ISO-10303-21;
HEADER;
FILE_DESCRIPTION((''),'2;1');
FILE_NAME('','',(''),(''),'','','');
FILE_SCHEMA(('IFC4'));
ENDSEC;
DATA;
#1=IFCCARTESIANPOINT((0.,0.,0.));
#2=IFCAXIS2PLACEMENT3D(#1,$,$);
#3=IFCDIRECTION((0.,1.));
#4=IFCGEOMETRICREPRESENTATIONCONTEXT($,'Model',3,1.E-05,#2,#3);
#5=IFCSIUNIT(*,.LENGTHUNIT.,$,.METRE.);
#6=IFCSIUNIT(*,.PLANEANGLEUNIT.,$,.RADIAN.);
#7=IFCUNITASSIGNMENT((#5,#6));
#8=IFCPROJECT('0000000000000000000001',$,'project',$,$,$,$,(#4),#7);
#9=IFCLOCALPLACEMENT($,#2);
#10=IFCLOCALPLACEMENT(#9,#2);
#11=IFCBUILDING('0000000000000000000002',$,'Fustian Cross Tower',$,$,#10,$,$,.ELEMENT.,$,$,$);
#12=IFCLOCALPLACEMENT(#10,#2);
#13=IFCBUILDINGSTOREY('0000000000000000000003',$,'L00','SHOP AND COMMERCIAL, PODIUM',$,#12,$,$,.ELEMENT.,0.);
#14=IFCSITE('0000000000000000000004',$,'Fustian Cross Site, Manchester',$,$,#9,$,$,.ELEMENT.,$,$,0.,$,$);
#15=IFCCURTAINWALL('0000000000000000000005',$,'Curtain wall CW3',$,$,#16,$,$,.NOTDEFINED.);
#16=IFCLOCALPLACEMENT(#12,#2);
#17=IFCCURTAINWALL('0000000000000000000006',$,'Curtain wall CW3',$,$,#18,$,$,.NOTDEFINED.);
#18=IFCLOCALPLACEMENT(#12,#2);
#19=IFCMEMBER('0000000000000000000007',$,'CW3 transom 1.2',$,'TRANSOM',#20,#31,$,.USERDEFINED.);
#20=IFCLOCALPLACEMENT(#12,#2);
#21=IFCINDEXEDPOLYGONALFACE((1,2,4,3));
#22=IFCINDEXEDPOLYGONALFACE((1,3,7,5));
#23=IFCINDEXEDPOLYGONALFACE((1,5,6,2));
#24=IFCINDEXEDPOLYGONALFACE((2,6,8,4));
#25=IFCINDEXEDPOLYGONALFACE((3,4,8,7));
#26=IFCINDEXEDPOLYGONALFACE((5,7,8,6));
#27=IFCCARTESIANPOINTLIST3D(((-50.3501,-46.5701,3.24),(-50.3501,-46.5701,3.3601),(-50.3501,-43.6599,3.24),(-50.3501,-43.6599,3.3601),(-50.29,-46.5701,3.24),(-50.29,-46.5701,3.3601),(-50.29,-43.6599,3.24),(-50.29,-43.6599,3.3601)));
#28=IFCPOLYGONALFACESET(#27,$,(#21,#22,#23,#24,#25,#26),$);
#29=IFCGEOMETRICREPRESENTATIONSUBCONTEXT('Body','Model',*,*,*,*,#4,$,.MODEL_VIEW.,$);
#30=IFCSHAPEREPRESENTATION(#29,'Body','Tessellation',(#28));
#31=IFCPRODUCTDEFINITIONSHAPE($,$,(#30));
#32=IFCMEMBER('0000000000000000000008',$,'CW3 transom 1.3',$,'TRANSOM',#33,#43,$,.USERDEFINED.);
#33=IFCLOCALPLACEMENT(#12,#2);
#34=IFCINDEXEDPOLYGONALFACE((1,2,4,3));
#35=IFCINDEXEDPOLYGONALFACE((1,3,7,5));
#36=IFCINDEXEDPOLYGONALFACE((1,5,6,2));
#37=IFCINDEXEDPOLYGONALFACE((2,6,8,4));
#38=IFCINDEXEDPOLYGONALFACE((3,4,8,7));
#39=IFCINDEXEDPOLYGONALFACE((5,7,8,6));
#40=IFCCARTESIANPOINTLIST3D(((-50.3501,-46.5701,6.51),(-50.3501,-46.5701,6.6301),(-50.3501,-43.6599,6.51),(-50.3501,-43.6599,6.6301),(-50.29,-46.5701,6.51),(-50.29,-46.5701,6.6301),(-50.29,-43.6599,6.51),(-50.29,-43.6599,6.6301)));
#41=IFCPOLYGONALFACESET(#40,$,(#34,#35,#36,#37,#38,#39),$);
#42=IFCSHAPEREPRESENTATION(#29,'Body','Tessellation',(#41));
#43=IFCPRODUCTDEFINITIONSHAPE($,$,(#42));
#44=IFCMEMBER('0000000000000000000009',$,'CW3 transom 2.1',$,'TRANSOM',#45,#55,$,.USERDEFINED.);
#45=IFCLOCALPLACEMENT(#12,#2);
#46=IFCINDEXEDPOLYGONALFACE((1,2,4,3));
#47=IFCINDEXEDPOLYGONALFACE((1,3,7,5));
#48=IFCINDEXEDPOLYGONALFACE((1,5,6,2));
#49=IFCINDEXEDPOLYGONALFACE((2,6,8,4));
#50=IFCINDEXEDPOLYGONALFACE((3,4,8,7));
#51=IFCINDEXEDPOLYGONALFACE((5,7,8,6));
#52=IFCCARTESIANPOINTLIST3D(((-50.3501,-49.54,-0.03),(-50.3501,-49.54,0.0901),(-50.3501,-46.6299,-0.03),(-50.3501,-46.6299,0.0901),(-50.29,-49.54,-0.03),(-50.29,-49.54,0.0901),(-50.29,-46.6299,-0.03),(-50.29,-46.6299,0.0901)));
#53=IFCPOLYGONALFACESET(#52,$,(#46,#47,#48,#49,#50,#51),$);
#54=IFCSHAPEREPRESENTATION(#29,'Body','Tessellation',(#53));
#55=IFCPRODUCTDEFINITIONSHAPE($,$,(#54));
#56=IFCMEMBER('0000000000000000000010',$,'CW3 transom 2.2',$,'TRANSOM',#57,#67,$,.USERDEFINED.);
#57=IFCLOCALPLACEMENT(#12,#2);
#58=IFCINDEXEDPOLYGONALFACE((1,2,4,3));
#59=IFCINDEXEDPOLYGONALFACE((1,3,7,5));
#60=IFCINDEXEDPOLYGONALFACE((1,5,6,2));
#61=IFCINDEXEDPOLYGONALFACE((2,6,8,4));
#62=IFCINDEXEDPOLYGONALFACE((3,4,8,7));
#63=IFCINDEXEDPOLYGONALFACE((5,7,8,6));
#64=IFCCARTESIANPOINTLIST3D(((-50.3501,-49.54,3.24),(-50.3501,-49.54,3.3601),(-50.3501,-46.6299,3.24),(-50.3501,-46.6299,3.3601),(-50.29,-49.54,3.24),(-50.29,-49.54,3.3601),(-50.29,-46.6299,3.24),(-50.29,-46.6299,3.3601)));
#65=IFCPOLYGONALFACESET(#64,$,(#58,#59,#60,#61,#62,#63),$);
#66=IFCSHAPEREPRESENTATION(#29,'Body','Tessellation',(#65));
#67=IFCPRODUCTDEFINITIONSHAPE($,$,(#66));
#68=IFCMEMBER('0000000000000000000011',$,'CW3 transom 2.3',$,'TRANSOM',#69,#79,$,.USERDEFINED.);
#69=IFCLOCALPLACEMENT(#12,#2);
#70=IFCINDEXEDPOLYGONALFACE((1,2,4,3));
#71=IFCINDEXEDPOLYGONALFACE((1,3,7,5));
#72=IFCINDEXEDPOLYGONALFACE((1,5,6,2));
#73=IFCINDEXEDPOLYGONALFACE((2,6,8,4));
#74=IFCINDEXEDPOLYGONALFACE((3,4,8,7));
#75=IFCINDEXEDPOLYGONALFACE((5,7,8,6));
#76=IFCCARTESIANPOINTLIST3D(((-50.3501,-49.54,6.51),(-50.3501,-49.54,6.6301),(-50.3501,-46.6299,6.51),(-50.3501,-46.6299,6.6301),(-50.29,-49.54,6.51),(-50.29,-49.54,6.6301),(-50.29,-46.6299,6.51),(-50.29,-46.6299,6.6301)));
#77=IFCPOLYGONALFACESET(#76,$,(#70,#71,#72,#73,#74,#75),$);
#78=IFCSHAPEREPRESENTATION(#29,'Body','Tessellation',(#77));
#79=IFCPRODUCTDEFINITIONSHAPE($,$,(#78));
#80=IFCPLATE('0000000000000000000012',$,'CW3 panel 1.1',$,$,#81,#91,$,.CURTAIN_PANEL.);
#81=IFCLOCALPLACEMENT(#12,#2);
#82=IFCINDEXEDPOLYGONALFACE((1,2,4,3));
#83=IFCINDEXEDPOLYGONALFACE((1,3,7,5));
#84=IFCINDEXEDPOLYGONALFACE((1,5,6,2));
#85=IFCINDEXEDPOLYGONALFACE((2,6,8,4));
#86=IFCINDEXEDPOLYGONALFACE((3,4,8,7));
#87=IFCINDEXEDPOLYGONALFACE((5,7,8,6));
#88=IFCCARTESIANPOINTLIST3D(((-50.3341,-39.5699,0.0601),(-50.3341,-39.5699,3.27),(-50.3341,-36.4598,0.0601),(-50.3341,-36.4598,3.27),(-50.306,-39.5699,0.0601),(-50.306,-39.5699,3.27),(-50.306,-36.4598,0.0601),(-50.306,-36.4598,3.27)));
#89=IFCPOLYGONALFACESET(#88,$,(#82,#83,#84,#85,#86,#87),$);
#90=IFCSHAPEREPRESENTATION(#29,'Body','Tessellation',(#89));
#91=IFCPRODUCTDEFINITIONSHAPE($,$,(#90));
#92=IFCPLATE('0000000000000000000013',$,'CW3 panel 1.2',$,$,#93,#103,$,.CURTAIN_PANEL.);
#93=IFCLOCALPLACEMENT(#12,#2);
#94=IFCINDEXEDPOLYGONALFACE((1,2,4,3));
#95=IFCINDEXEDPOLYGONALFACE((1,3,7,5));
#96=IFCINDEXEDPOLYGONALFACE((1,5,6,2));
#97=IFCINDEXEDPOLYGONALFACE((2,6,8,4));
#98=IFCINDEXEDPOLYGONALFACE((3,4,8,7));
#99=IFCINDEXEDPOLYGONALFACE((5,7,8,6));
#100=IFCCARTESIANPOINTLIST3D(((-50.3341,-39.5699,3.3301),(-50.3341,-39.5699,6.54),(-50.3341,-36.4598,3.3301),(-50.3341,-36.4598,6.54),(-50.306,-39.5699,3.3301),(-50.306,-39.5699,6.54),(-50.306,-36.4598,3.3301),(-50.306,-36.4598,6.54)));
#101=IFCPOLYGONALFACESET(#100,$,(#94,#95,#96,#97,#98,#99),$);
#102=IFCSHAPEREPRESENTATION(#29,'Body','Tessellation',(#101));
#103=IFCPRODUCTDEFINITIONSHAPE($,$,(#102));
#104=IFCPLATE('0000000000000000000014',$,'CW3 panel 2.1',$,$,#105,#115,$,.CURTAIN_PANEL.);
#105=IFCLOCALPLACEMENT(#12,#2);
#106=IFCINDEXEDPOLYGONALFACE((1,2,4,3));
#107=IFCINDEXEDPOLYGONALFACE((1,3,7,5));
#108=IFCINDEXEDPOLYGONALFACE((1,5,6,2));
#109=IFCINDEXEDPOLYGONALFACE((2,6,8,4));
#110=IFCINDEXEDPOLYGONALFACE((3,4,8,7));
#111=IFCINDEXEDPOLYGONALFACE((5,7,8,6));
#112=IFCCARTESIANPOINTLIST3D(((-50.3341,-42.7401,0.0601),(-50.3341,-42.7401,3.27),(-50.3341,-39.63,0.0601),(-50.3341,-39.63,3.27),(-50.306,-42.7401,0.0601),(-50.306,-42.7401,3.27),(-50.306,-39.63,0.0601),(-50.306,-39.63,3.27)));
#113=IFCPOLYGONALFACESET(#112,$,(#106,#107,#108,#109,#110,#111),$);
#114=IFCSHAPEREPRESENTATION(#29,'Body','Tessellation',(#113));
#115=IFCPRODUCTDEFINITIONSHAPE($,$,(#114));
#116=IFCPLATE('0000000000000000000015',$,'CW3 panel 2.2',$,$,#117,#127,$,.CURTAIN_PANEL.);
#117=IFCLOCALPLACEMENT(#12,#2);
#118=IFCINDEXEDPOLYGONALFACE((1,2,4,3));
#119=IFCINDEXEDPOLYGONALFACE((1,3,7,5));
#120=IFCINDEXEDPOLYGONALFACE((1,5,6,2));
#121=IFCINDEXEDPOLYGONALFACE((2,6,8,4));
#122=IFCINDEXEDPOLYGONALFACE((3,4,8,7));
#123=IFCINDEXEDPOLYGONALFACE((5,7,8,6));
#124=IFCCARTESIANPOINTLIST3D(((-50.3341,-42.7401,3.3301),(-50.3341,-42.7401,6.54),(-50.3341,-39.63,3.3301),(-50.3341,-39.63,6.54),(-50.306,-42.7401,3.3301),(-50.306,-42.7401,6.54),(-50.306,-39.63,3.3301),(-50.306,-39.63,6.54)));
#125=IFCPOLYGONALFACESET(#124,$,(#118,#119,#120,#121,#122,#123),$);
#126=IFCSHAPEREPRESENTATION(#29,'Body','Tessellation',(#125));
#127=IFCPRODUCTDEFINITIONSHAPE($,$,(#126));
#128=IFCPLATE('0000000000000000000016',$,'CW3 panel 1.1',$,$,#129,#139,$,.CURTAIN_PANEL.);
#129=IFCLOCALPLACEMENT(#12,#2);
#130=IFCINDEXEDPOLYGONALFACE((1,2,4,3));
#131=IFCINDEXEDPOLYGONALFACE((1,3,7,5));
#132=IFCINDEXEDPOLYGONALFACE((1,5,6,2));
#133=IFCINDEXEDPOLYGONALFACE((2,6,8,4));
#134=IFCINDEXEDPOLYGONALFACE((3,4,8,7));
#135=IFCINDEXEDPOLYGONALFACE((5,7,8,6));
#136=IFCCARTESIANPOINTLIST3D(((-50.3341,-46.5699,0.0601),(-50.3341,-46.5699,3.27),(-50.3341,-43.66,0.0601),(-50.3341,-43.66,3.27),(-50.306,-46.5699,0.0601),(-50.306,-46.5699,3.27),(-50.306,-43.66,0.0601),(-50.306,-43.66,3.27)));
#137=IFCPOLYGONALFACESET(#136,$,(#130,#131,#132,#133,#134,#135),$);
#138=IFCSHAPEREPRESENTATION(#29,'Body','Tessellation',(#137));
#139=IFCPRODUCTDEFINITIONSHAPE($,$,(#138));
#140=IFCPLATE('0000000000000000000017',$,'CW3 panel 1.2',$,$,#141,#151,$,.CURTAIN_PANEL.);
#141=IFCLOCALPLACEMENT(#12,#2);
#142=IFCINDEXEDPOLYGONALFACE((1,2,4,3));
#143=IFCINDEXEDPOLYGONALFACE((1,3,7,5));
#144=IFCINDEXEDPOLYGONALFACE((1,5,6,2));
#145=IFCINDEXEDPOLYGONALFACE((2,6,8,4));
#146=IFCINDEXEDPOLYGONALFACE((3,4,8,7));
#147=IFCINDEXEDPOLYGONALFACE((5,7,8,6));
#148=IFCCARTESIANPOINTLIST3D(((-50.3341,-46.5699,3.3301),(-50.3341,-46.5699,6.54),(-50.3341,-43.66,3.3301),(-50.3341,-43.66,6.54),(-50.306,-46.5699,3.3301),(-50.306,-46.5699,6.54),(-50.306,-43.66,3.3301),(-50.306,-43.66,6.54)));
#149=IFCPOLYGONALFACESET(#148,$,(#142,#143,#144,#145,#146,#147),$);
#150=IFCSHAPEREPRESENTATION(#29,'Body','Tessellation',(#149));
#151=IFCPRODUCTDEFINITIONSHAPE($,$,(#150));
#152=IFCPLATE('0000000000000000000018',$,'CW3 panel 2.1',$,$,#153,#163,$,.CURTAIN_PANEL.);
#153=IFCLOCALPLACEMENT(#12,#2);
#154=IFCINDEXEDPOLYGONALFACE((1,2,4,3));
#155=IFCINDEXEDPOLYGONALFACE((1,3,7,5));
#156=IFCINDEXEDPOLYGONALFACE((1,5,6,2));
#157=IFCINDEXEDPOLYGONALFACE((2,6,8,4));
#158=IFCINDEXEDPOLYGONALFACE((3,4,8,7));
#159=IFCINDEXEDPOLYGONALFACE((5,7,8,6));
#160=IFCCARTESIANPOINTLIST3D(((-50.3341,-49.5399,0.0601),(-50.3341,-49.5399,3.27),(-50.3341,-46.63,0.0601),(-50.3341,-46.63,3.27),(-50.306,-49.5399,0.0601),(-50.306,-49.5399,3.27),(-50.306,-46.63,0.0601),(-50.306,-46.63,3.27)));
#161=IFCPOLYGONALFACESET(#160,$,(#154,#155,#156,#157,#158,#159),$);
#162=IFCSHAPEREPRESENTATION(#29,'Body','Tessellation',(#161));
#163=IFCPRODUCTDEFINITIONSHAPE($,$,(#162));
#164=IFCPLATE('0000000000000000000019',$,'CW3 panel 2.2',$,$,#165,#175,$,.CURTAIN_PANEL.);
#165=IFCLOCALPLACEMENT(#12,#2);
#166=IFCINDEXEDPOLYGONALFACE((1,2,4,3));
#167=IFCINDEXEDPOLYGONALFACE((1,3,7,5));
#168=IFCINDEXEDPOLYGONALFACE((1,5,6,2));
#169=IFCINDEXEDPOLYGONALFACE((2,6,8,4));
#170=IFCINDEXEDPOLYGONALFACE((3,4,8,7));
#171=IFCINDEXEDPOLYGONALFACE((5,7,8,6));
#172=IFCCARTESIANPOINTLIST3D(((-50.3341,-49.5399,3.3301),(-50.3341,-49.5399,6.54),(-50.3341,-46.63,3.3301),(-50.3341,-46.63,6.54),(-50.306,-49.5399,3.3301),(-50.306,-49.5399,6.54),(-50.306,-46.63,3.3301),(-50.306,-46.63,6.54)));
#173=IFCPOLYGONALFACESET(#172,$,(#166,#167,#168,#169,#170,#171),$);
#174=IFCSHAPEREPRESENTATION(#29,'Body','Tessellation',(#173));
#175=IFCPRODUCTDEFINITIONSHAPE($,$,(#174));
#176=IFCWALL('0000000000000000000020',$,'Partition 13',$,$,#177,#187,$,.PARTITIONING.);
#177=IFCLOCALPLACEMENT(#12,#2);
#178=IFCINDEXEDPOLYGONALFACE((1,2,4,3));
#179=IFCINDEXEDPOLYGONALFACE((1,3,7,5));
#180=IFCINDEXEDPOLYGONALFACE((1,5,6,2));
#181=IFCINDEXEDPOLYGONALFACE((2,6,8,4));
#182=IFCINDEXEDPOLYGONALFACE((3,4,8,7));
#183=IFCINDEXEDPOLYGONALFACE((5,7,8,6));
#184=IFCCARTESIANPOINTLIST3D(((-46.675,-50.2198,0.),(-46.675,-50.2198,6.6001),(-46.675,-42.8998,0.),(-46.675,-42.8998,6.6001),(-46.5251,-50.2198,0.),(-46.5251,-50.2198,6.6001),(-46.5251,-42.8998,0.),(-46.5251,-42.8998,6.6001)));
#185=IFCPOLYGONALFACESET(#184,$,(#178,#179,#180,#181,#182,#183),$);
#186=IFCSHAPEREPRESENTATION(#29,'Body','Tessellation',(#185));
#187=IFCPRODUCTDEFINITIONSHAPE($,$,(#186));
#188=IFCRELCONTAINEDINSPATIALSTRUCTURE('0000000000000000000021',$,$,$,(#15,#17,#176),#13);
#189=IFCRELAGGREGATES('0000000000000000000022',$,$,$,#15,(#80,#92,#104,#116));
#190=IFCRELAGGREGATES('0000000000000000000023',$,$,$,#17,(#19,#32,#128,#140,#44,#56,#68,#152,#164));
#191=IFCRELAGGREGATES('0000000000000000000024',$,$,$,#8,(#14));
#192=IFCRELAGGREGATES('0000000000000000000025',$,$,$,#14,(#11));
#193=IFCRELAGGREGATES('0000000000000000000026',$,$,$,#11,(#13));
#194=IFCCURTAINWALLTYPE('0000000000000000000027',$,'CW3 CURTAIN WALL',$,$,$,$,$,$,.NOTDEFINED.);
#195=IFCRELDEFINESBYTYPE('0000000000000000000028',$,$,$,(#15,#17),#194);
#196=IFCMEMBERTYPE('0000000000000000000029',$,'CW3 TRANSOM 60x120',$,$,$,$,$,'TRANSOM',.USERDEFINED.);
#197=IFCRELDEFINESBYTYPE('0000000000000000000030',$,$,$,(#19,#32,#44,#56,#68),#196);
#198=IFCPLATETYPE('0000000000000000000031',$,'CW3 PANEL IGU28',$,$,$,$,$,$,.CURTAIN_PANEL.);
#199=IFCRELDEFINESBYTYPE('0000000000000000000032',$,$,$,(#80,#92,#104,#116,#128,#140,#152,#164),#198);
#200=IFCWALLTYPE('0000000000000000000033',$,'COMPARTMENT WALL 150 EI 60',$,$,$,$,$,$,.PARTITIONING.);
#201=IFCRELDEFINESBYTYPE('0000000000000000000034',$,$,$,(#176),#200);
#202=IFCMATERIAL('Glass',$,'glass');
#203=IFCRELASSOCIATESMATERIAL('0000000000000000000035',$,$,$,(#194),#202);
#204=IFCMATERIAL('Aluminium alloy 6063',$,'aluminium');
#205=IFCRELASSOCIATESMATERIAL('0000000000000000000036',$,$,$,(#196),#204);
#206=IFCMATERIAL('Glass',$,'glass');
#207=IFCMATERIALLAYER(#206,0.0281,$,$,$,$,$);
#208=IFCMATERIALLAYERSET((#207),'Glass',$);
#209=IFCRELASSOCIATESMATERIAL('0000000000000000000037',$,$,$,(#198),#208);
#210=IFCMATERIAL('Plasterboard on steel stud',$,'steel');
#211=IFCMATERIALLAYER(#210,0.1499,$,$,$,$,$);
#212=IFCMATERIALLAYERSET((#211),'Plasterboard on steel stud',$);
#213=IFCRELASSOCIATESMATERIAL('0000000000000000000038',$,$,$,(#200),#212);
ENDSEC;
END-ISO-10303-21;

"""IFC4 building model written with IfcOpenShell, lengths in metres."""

from ifc_helpers import new_model, si_unit, direction, frame, frame_2d, origin, origin_2d, place, context, subcontext, project, spatial, rectangle, extrude, material, layer, layer_set, material_profile, profile_set, type_object, element, aggregate, save


model = new_model("IFC4")

# Units and contexts
model_context = context("Model", 3, precision=1e-05, world=origin(), true_north=direction((0.0, 1.0)))
body_context = subcontext(model_context, "Body", "Model", "MODEL_VIEW")
ifc_project = project(units=[si_unit("LENGTHUNIT", "METRE"), si_unit("PLANEANGLEUNIT", "RADIAN")], contexts=[model_context])

# Site, building, storey
site_placement = place(None, origin())
site = spatial("IfcSite", under=ifc_project, at=site_placement, Name="Fustian Cross Site, Manchester", CompositionType="ELEMENT", RefElevation=0.0)
building_placement = place(site_placement, origin())
building = spatial("IfcBuilding", under=site, at=building_placement, Name="Fustian Cross Tower", CompositionType="ELEMENT")
storey_placement = place(building_placement, origin())
storey = spatial("IfcBuildingStorey", under=building, at=storey_placement, Name="L00", Description="SHOP AND COMMERCIAL, PODIUM", CompositionType="ELEMENT", Elevation=0.0)

# Shared definitions
ifc_material_1 = material(Name="Glass", Category="glass")
curtain_wall_type = type_object("IfcCurtainWallType", Name="CW3 CURTAIN WALL", PredefinedType="NOTDEFINED", material=ifc_material_1)

# Curtain walls
curtain_wall_1_placement = place(storey_placement, origin())
curtain_wall_1 = element("IfcCurtainWall", 1, at=curtain_wall_1_placement, inside=storey, type_object=curtain_wall_type, Name="Curtain wall CW3", PredefinedType="NOTDEFINED")
curtain_wall_2_placement = place(storey_placement, origin())
curtain_wall_2 = element("IfcCurtainWall", 2, at=curtain_wall_2_placement, inside=storey, type_object=curtain_wall_type, Name="Curtain wall CW3", PredefinedType="NOTDEFINED")

# Members
ifc_material_2 = material(Name="Aluminium alloy 6063", Category="aluminium")
ifc_material_profile_1 = material_profile(ifc_material_2, rectangle(XDim=0.0601, YDim=0.1201, at=origin_2d()), Name="CW3 TRANSOM 60x120")
ifc_profile_set_1 = profile_set([ifc_material_profile_1], Name="Aluminium alloy 6063")
member_type_1 = type_object("IfcMemberType", Name="CW3 TRANSOM 60x120", ElementType="TRANSOM", PredefinedType="USERDEFINED", material=ifc_profile_set_1)
member_1_placement = place(storey_placement, frame((-50.3201, -43.6599, 3.3), z_axis=(0.0, -1.0, 0.0), x_axis=(1.0, 0.0, 0.0)))
member_1 = element("IfcMember", 3, at=member_1_placement, type_object=member_type_1, Name="CW3 transom 1.2", ObjectType="TRANSOM", PredefinedType="USERDEFINED", context=body_context, shape_type="SweptSolid", body=[
    extrude(rectangle(XDim=0.0601, YDim=0.1201, at=origin_2d()), origin(), (0.0, 0.0, 1.0), 2.9102),
])
member_2_placement = place(storey_placement, frame((-50.3201, -43.6599, 6.5701), z_axis=(0.0, -1.0, 0.0), x_axis=(1.0, 0.0, 0.0)))
member_2 = element("IfcMember", 4, at=member_2_placement, type_object=member_type_1, Name="CW3 transom 1.3", ObjectType="TRANSOM", PredefinedType="USERDEFINED", context=body_context, shape_type="SweptSolid", body=[
    extrude(rectangle(XDim=0.0601, YDim=0.1201, at=origin_2d()), origin(), (0.0, 0.0, 1.0), 2.9102),
])
member_3_placement = place(storey_placement, frame((-50.3201, -46.6299, 0.03), z_axis=(0.0, -1.0, 0.0), x_axis=(1.0, 0.0, 0.0)))
member_3 = element("IfcMember", 5, at=member_3_placement, type_object=member_type_1, Name="CW3 transom 2.1", ObjectType="TRANSOM", PredefinedType="USERDEFINED", context=body_context, shape_type="SweptSolid", body=[
    extrude(rectangle(XDim=0.0601, YDim=0.1201, at=origin_2d()), origin(), (0.0, 0.0, 1.0), 2.9102),
])
member_4_placement = place(storey_placement, frame((-50.3201, -46.6299, 3.3), z_axis=(0.0, -1.0, 0.0), x_axis=(1.0, 0.0, 0.0)))
member_4 = element("IfcMember", 6, at=member_4_placement, type_object=member_type_1, Name="CW3 transom 2.2", ObjectType="TRANSOM", PredefinedType="USERDEFINED", context=body_context, shape_type="SweptSolid", body=[
    extrude(rectangle(XDim=0.0601, YDim=0.1201, at=origin_2d()), origin(), (0.0, 0.0, 1.0), 2.9102),
])
member_5_placement = place(storey_placement, frame((-50.3201, -46.6299, 6.5701), z_axis=(0.0, -1.0, 0.0), x_axis=(1.0, 0.0, 0.0)))
member_5 = element("IfcMember", 7, at=member_5_placement, type_object=member_type_1, Name="CW3 transom 2.3", ObjectType="TRANSOM", PredefinedType="USERDEFINED", context=body_context, shape_type="SweptSolid", body=[
    extrude(rectangle(XDim=0.0601, YDim=0.1201, at=origin_2d()), origin(), (0.0, 0.0, 1.0), 2.9102),
])

# Plates
ifc_material_3 = material(Name="Glass", Category="glass")
ifc_layer_1 = layer(ifc_material_3, 0.0281)
ifc_layer_set_1 = layer_set([ifc_layer_1], Name="Glass")
plate_type = type_object("IfcPlateType", Name="CW3 PANEL IGU28", PredefinedType="CURTAIN_PANEL", material=ifc_layer_set_1)
plate_1_placement = place(storey_placement, frame((-50.3201, -38.0149, 0.0601), z_axis=(0.0, 0.0, 1.0), x_axis=(0.0, -1.0, 0.0)))
plate_1 = element("IfcPlate", 8, at=plate_1_placement, type_object=plate_type, Name="CW3 panel 1.1", PredefinedType="CURTAIN_PANEL", context=body_context, shape_type="SweptSolid", body=[
    extrude(rectangle(XDim=3.1101, YDim=0.0281, at=origin_2d()), origin(), (0.0, 0.0, 1.0), 3.21),
])
plate_2_placement = place(storey_placement, frame((-50.3201, -38.0149, 3.3301), z_axis=(0.0, 0.0, 1.0), x_axis=(0.0, -1.0, 0.0)))
plate_2 = element("IfcPlate", 9, at=plate_2_placement, type_object=plate_type, Name="CW3 panel 1.2", PredefinedType="CURTAIN_PANEL", context=body_context, shape_type="SweptSolid", body=[
    extrude(rectangle(XDim=3.1101, YDim=0.0281, at=origin_2d()), origin(), (0.0, 0.0, 1.0), 3.21),
])
plate_3_placement = place(storey_placement, frame((-50.3201, -41.1851, 0.0601), z_axis=(0.0, 0.0, 1.0), x_axis=(0.0, -1.0, 0.0)))
plate_3 = element("IfcPlate", 10, at=plate_3_placement, type_object=plate_type, Name="CW3 panel 2.1", PredefinedType="CURTAIN_PANEL", context=body_context, shape_type="SweptSolid", body=[
    extrude(rectangle(XDim=3.1101, YDim=0.0281, at=origin_2d()), origin(), (0.0, 0.0, 1.0), 3.21),
])
plate_4_placement = place(storey_placement, frame((-50.3201, -41.1851, 3.3301), z_axis=(0.0, 0.0, 1.0), x_axis=(0.0, -1.0, 0.0)))
plate_4 = element("IfcPlate", 11, at=plate_4_placement, type_object=plate_type, Name="CW3 panel 2.2", PredefinedType="CURTAIN_PANEL", context=body_context, shape_type="SweptSolid", body=[
    extrude(rectangle(XDim=3.1101, YDim=0.0281, at=origin_2d()), origin(), (0.0, 0.0, 1.0), 3.21),
])
aggregate(curtain_wall_1, [plate_1, plate_2, plate_3, plate_4])
plate_5_placement = place(storey_placement, frame((-50.3201, -45.115, 0.0601), z_axis=(0.0, 0.0, 1.0), x_axis=(0.0, -1.0, 0.0)))
plate_5 = element("IfcPlate", 12, at=plate_5_placement, type_object=plate_type, Name="CW3 panel 1.1", PredefinedType="CURTAIN_PANEL", context=body_context, shape_type="SweptSolid", body=[
    extrude(rectangle(XDim=2.9099, YDim=0.0281, at=origin_2d()), origin(), (0.0, 0.0, 1.0), 3.21),
])
plate_6_placement = place(storey_placement, frame((-50.3201, -45.115, 3.3301), z_axis=(0.0, 0.0, 1.0), x_axis=(0.0, -1.0, 0.0)))
plate_6 = element("IfcPlate", 13, at=plate_6_placement, type_object=plate_type, Name="CW3 panel 1.2", PredefinedType="CURTAIN_PANEL", context=body_context, shape_type="SweptSolid", body=[
    extrude(rectangle(XDim=2.9099, YDim=0.0281, at=origin_2d()), origin(), (0.0, 0.0, 1.0), 3.21),
])
plate_7_placement = place(storey_placement, frame((-50.3201, -48.085, 0.0601), z_axis=(0.0, 0.0, 1.0), x_axis=(0.0, -1.0, 0.0)))
plate_7 = element("IfcPlate", 14, at=plate_7_placement, type_object=plate_type, Name="CW3 panel 2.1", PredefinedType="CURTAIN_PANEL", context=body_context, shape_type="SweptSolid", body=[
    extrude(rectangle(XDim=2.9099, YDim=0.0281, at=origin_2d()), origin(), (0.0, 0.0, 1.0), 3.21),
])
plate_8_placement = place(storey_placement, frame((-50.3201, -48.085, 3.3301), z_axis=(0.0, 0.0, 1.0), x_axis=(0.0, -1.0, 0.0)))
plate_8 = element("IfcPlate", 15, at=plate_8_placement, type_object=plate_type, Name="CW3 panel 2.2", PredefinedType="CURTAIN_PANEL", context=body_context, shape_type="SweptSolid", body=[
    extrude(rectangle(XDim=2.9099, YDim=0.0281, at=origin_2d()), origin(), (0.0, 0.0, 1.0), 3.21),
])
aggregate(curtain_wall_2, [member_1, member_2, plate_5, plate_6, member_3, member_4, member_5, plate_7, plate_8])

# Wall
ifc_material_4 = material(Name="Plasterboard on steel stud", Category="steel")
ifc_layer_2 = layer(ifc_material_4, 0.1499)
ifc_layer_set_2 = layer_set([ifc_layer_2], Name="Plasterboard on steel stud")
wall_type_1 = type_object("IfcWallType", Name="COMPARTMENT WALL 150 EI 60", PredefinedType="PARTITIONING", material=ifc_layer_set_2)
wall_1_placement = place(storey_placement, frame((-46.6001, -50.22, 0.0), z_axis=(0.0, 0.0, 1.0), x_axis=(0.0, 1.0, 0.0)))
element("IfcWall", 16, at=wall_1_placement, inside=storey, type_object=wall_type_1, Name="Partition 13", PredefinedType="PARTITIONING", context=body_context, shape_type="SweptSolid", body=[
    extrude(rectangle(XDim=7.3201, YDim=0.1499, at=frame_2d((3.6602, 0.0))), origin(), (0.0, 0.0, 1.0), 6.6001),
])

save(model, "model.ifc")
